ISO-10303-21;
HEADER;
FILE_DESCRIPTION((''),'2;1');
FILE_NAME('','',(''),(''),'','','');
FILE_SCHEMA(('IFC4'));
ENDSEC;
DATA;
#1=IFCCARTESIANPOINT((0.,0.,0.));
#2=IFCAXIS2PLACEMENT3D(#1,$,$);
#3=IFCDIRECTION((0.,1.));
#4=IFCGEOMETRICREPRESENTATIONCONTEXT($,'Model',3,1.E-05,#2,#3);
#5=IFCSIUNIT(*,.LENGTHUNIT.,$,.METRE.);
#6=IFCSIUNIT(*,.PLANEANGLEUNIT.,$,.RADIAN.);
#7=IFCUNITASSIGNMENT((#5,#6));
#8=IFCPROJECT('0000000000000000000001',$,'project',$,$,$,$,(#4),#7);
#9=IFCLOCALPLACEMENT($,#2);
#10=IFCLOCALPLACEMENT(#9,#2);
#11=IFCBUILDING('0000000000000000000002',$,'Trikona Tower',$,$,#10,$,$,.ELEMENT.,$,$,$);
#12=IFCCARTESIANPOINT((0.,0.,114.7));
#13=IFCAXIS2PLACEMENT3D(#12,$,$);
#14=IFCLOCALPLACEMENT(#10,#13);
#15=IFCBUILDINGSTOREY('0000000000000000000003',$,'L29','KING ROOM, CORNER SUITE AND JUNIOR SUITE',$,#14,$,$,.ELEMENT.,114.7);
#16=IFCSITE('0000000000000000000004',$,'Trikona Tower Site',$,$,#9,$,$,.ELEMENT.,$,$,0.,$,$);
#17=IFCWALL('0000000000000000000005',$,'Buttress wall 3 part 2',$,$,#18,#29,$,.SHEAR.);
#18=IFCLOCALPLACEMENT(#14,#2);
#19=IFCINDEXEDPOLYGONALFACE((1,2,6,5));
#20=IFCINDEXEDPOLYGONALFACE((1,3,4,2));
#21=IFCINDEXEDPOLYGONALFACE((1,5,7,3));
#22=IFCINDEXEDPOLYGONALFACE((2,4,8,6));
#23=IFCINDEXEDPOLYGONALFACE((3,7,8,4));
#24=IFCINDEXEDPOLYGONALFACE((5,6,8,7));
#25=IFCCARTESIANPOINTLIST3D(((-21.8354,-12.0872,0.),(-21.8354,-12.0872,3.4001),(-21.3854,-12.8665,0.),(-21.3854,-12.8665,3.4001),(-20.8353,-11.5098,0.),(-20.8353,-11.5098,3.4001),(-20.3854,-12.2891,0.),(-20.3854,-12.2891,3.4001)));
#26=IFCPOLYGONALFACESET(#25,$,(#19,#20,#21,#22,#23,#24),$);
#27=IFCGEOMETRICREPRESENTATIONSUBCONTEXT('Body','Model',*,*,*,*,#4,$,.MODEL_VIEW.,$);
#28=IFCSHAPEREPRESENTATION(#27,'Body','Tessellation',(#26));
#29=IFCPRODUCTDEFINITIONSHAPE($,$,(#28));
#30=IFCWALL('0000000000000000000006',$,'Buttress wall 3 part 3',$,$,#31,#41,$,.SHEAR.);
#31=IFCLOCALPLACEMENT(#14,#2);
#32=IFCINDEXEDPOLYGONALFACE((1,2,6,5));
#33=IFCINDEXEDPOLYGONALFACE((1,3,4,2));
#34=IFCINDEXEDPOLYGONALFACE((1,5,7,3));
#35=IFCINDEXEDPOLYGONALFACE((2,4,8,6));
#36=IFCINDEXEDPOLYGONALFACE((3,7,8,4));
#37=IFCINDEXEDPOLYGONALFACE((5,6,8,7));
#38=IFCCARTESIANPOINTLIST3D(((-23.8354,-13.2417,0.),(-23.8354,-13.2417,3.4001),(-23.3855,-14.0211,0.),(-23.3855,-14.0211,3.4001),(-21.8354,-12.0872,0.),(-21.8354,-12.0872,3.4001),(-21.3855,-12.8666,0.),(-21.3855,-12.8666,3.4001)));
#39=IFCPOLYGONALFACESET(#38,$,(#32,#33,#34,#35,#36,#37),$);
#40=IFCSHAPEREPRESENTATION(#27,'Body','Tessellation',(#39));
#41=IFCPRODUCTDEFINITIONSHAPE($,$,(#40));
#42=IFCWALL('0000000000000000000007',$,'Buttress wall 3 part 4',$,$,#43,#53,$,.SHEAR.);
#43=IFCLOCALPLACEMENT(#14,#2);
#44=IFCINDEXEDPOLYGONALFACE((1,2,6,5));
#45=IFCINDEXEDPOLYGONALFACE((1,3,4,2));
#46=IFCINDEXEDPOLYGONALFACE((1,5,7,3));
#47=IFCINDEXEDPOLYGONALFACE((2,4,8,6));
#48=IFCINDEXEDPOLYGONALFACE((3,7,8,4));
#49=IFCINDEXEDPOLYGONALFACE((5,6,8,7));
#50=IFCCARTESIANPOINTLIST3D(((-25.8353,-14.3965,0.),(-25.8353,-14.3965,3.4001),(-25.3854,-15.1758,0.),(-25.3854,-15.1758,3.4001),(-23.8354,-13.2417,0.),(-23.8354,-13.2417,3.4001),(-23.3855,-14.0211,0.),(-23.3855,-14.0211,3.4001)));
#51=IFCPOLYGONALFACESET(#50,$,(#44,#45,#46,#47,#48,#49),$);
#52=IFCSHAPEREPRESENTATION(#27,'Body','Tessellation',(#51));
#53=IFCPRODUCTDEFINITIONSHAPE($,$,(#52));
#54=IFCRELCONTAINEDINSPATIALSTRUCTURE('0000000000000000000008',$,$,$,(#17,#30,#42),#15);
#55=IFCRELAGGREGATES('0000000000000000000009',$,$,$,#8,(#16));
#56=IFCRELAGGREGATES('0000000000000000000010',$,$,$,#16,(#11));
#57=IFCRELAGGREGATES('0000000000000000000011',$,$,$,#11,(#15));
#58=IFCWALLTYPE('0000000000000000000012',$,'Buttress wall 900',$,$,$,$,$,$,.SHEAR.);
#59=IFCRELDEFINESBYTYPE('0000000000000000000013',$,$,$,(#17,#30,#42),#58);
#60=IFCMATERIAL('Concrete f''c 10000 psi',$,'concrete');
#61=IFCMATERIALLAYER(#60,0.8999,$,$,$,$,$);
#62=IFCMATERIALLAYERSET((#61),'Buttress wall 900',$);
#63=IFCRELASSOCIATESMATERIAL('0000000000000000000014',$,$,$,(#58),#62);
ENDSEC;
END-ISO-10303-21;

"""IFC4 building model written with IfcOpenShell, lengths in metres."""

from ifc_helpers import new_model, si_unit, direction, frame, frame_2d, origin, place, context, subcontext, project, spatial, rectangle, extrude, material, layer, layer_set, type_object, element, save


model = new_model("IFC4")

# Units and contexts
model_context = context("Model", 3, precision=1e-05, world=origin(), true_north=direction((0.0, 1.0)))
body_context = subcontext(model_context, "Body", "Model", "MODEL_VIEW")
ifc_project = project(units=[si_unit("LENGTHUNIT", "METRE"), si_unit("PLANEANGLEUNIT", "RADIAN")], contexts=[model_context])

# Site, building, storey
site_placement = place(None, origin())
site = spatial("IfcSite", under=ifc_project, at=site_placement, Name="Trikona Tower Site", CompositionType="ELEMENT", RefElevation=0.0)
building_placement = place(site_placement, origin())
building = spatial("IfcBuilding", under=site, at=building_placement, Name="Trikona Tower", CompositionType="ELEMENT")
storey_placement = place(building_placement, frame((0.0, 0.0, 114.7)))
storey = spatial("IfcBuildingStorey", under=building, at=storey_placement, Name="L29", Description="KING ROOM, CORNER SUITE AND JUNIOR SUITE", CompositionType="ELEMENT", Elevation=114.7)

# Walls
ifc_material_1 = material(Name="Concrete f'c 10000 psi", Category="concrete")
ifc_layer_1 = layer(ifc_material_1, 0.8999)
ifc_layer_set_1 = layer_set([ifc_layer_1], Name="Buttress wall 900")
wall_type_1 = type_object("IfcWallType", Name="Buttress wall 900", PredefinedType="SHEAR", material=ifc_layer_set_1)
wall_1_placement = place(storey_placement, frame((-20.6104, -11.8994, 0.0), z_axis=(0.0, 0.0, 1.0), x_axis=(-0.86601, -0.500027, 0.0)))
element("IfcWall", 1, at=wall_1_placement, inside=storey, type_object=wall_type_1, Name="Buttress wall 3 part 2", PredefinedType="SHEAR", context=body_context, shape_type="SweptSolid", body=[
    extrude(rectangle(XDim=1.1548, YDim=0.8999, at=frame_2d((0.5774, 0.0))), origin(), (0.0, 0.0, 1.0), 3.4001),
])
for number, where, z_axis, x_axis, name in (
    (2, (-21.6104, -12.4768, 0.0), (0.0, 0.0, 1.0), (-0.866055, -0.499948, 0.0), "Buttress wall 3 part 3"),
    (3, (-23.6104, -13.6313, 0.0), (0.0, 0.0, 1.0), (-0.86601, -0.500027, 0.0), "Buttress wall 3 part 4"),
):
    element("IfcWall", number, at=place(storey_placement, frame(where, z_axis=z_axis, x_axis=x_axis)), inside=storey, type_object=wall_type_1, Name=name, PredefinedType="SHEAR", context=body_context, shape_type="SweptSolid", body=[
        extrude(rectangle(XDim=2.3093, YDim=0.8999, at=frame_2d((1.1548, 0.0))), origin(), (0.0, 0.0, 1.0), 3.4001),
    ])

save(model, "model.ifc")
